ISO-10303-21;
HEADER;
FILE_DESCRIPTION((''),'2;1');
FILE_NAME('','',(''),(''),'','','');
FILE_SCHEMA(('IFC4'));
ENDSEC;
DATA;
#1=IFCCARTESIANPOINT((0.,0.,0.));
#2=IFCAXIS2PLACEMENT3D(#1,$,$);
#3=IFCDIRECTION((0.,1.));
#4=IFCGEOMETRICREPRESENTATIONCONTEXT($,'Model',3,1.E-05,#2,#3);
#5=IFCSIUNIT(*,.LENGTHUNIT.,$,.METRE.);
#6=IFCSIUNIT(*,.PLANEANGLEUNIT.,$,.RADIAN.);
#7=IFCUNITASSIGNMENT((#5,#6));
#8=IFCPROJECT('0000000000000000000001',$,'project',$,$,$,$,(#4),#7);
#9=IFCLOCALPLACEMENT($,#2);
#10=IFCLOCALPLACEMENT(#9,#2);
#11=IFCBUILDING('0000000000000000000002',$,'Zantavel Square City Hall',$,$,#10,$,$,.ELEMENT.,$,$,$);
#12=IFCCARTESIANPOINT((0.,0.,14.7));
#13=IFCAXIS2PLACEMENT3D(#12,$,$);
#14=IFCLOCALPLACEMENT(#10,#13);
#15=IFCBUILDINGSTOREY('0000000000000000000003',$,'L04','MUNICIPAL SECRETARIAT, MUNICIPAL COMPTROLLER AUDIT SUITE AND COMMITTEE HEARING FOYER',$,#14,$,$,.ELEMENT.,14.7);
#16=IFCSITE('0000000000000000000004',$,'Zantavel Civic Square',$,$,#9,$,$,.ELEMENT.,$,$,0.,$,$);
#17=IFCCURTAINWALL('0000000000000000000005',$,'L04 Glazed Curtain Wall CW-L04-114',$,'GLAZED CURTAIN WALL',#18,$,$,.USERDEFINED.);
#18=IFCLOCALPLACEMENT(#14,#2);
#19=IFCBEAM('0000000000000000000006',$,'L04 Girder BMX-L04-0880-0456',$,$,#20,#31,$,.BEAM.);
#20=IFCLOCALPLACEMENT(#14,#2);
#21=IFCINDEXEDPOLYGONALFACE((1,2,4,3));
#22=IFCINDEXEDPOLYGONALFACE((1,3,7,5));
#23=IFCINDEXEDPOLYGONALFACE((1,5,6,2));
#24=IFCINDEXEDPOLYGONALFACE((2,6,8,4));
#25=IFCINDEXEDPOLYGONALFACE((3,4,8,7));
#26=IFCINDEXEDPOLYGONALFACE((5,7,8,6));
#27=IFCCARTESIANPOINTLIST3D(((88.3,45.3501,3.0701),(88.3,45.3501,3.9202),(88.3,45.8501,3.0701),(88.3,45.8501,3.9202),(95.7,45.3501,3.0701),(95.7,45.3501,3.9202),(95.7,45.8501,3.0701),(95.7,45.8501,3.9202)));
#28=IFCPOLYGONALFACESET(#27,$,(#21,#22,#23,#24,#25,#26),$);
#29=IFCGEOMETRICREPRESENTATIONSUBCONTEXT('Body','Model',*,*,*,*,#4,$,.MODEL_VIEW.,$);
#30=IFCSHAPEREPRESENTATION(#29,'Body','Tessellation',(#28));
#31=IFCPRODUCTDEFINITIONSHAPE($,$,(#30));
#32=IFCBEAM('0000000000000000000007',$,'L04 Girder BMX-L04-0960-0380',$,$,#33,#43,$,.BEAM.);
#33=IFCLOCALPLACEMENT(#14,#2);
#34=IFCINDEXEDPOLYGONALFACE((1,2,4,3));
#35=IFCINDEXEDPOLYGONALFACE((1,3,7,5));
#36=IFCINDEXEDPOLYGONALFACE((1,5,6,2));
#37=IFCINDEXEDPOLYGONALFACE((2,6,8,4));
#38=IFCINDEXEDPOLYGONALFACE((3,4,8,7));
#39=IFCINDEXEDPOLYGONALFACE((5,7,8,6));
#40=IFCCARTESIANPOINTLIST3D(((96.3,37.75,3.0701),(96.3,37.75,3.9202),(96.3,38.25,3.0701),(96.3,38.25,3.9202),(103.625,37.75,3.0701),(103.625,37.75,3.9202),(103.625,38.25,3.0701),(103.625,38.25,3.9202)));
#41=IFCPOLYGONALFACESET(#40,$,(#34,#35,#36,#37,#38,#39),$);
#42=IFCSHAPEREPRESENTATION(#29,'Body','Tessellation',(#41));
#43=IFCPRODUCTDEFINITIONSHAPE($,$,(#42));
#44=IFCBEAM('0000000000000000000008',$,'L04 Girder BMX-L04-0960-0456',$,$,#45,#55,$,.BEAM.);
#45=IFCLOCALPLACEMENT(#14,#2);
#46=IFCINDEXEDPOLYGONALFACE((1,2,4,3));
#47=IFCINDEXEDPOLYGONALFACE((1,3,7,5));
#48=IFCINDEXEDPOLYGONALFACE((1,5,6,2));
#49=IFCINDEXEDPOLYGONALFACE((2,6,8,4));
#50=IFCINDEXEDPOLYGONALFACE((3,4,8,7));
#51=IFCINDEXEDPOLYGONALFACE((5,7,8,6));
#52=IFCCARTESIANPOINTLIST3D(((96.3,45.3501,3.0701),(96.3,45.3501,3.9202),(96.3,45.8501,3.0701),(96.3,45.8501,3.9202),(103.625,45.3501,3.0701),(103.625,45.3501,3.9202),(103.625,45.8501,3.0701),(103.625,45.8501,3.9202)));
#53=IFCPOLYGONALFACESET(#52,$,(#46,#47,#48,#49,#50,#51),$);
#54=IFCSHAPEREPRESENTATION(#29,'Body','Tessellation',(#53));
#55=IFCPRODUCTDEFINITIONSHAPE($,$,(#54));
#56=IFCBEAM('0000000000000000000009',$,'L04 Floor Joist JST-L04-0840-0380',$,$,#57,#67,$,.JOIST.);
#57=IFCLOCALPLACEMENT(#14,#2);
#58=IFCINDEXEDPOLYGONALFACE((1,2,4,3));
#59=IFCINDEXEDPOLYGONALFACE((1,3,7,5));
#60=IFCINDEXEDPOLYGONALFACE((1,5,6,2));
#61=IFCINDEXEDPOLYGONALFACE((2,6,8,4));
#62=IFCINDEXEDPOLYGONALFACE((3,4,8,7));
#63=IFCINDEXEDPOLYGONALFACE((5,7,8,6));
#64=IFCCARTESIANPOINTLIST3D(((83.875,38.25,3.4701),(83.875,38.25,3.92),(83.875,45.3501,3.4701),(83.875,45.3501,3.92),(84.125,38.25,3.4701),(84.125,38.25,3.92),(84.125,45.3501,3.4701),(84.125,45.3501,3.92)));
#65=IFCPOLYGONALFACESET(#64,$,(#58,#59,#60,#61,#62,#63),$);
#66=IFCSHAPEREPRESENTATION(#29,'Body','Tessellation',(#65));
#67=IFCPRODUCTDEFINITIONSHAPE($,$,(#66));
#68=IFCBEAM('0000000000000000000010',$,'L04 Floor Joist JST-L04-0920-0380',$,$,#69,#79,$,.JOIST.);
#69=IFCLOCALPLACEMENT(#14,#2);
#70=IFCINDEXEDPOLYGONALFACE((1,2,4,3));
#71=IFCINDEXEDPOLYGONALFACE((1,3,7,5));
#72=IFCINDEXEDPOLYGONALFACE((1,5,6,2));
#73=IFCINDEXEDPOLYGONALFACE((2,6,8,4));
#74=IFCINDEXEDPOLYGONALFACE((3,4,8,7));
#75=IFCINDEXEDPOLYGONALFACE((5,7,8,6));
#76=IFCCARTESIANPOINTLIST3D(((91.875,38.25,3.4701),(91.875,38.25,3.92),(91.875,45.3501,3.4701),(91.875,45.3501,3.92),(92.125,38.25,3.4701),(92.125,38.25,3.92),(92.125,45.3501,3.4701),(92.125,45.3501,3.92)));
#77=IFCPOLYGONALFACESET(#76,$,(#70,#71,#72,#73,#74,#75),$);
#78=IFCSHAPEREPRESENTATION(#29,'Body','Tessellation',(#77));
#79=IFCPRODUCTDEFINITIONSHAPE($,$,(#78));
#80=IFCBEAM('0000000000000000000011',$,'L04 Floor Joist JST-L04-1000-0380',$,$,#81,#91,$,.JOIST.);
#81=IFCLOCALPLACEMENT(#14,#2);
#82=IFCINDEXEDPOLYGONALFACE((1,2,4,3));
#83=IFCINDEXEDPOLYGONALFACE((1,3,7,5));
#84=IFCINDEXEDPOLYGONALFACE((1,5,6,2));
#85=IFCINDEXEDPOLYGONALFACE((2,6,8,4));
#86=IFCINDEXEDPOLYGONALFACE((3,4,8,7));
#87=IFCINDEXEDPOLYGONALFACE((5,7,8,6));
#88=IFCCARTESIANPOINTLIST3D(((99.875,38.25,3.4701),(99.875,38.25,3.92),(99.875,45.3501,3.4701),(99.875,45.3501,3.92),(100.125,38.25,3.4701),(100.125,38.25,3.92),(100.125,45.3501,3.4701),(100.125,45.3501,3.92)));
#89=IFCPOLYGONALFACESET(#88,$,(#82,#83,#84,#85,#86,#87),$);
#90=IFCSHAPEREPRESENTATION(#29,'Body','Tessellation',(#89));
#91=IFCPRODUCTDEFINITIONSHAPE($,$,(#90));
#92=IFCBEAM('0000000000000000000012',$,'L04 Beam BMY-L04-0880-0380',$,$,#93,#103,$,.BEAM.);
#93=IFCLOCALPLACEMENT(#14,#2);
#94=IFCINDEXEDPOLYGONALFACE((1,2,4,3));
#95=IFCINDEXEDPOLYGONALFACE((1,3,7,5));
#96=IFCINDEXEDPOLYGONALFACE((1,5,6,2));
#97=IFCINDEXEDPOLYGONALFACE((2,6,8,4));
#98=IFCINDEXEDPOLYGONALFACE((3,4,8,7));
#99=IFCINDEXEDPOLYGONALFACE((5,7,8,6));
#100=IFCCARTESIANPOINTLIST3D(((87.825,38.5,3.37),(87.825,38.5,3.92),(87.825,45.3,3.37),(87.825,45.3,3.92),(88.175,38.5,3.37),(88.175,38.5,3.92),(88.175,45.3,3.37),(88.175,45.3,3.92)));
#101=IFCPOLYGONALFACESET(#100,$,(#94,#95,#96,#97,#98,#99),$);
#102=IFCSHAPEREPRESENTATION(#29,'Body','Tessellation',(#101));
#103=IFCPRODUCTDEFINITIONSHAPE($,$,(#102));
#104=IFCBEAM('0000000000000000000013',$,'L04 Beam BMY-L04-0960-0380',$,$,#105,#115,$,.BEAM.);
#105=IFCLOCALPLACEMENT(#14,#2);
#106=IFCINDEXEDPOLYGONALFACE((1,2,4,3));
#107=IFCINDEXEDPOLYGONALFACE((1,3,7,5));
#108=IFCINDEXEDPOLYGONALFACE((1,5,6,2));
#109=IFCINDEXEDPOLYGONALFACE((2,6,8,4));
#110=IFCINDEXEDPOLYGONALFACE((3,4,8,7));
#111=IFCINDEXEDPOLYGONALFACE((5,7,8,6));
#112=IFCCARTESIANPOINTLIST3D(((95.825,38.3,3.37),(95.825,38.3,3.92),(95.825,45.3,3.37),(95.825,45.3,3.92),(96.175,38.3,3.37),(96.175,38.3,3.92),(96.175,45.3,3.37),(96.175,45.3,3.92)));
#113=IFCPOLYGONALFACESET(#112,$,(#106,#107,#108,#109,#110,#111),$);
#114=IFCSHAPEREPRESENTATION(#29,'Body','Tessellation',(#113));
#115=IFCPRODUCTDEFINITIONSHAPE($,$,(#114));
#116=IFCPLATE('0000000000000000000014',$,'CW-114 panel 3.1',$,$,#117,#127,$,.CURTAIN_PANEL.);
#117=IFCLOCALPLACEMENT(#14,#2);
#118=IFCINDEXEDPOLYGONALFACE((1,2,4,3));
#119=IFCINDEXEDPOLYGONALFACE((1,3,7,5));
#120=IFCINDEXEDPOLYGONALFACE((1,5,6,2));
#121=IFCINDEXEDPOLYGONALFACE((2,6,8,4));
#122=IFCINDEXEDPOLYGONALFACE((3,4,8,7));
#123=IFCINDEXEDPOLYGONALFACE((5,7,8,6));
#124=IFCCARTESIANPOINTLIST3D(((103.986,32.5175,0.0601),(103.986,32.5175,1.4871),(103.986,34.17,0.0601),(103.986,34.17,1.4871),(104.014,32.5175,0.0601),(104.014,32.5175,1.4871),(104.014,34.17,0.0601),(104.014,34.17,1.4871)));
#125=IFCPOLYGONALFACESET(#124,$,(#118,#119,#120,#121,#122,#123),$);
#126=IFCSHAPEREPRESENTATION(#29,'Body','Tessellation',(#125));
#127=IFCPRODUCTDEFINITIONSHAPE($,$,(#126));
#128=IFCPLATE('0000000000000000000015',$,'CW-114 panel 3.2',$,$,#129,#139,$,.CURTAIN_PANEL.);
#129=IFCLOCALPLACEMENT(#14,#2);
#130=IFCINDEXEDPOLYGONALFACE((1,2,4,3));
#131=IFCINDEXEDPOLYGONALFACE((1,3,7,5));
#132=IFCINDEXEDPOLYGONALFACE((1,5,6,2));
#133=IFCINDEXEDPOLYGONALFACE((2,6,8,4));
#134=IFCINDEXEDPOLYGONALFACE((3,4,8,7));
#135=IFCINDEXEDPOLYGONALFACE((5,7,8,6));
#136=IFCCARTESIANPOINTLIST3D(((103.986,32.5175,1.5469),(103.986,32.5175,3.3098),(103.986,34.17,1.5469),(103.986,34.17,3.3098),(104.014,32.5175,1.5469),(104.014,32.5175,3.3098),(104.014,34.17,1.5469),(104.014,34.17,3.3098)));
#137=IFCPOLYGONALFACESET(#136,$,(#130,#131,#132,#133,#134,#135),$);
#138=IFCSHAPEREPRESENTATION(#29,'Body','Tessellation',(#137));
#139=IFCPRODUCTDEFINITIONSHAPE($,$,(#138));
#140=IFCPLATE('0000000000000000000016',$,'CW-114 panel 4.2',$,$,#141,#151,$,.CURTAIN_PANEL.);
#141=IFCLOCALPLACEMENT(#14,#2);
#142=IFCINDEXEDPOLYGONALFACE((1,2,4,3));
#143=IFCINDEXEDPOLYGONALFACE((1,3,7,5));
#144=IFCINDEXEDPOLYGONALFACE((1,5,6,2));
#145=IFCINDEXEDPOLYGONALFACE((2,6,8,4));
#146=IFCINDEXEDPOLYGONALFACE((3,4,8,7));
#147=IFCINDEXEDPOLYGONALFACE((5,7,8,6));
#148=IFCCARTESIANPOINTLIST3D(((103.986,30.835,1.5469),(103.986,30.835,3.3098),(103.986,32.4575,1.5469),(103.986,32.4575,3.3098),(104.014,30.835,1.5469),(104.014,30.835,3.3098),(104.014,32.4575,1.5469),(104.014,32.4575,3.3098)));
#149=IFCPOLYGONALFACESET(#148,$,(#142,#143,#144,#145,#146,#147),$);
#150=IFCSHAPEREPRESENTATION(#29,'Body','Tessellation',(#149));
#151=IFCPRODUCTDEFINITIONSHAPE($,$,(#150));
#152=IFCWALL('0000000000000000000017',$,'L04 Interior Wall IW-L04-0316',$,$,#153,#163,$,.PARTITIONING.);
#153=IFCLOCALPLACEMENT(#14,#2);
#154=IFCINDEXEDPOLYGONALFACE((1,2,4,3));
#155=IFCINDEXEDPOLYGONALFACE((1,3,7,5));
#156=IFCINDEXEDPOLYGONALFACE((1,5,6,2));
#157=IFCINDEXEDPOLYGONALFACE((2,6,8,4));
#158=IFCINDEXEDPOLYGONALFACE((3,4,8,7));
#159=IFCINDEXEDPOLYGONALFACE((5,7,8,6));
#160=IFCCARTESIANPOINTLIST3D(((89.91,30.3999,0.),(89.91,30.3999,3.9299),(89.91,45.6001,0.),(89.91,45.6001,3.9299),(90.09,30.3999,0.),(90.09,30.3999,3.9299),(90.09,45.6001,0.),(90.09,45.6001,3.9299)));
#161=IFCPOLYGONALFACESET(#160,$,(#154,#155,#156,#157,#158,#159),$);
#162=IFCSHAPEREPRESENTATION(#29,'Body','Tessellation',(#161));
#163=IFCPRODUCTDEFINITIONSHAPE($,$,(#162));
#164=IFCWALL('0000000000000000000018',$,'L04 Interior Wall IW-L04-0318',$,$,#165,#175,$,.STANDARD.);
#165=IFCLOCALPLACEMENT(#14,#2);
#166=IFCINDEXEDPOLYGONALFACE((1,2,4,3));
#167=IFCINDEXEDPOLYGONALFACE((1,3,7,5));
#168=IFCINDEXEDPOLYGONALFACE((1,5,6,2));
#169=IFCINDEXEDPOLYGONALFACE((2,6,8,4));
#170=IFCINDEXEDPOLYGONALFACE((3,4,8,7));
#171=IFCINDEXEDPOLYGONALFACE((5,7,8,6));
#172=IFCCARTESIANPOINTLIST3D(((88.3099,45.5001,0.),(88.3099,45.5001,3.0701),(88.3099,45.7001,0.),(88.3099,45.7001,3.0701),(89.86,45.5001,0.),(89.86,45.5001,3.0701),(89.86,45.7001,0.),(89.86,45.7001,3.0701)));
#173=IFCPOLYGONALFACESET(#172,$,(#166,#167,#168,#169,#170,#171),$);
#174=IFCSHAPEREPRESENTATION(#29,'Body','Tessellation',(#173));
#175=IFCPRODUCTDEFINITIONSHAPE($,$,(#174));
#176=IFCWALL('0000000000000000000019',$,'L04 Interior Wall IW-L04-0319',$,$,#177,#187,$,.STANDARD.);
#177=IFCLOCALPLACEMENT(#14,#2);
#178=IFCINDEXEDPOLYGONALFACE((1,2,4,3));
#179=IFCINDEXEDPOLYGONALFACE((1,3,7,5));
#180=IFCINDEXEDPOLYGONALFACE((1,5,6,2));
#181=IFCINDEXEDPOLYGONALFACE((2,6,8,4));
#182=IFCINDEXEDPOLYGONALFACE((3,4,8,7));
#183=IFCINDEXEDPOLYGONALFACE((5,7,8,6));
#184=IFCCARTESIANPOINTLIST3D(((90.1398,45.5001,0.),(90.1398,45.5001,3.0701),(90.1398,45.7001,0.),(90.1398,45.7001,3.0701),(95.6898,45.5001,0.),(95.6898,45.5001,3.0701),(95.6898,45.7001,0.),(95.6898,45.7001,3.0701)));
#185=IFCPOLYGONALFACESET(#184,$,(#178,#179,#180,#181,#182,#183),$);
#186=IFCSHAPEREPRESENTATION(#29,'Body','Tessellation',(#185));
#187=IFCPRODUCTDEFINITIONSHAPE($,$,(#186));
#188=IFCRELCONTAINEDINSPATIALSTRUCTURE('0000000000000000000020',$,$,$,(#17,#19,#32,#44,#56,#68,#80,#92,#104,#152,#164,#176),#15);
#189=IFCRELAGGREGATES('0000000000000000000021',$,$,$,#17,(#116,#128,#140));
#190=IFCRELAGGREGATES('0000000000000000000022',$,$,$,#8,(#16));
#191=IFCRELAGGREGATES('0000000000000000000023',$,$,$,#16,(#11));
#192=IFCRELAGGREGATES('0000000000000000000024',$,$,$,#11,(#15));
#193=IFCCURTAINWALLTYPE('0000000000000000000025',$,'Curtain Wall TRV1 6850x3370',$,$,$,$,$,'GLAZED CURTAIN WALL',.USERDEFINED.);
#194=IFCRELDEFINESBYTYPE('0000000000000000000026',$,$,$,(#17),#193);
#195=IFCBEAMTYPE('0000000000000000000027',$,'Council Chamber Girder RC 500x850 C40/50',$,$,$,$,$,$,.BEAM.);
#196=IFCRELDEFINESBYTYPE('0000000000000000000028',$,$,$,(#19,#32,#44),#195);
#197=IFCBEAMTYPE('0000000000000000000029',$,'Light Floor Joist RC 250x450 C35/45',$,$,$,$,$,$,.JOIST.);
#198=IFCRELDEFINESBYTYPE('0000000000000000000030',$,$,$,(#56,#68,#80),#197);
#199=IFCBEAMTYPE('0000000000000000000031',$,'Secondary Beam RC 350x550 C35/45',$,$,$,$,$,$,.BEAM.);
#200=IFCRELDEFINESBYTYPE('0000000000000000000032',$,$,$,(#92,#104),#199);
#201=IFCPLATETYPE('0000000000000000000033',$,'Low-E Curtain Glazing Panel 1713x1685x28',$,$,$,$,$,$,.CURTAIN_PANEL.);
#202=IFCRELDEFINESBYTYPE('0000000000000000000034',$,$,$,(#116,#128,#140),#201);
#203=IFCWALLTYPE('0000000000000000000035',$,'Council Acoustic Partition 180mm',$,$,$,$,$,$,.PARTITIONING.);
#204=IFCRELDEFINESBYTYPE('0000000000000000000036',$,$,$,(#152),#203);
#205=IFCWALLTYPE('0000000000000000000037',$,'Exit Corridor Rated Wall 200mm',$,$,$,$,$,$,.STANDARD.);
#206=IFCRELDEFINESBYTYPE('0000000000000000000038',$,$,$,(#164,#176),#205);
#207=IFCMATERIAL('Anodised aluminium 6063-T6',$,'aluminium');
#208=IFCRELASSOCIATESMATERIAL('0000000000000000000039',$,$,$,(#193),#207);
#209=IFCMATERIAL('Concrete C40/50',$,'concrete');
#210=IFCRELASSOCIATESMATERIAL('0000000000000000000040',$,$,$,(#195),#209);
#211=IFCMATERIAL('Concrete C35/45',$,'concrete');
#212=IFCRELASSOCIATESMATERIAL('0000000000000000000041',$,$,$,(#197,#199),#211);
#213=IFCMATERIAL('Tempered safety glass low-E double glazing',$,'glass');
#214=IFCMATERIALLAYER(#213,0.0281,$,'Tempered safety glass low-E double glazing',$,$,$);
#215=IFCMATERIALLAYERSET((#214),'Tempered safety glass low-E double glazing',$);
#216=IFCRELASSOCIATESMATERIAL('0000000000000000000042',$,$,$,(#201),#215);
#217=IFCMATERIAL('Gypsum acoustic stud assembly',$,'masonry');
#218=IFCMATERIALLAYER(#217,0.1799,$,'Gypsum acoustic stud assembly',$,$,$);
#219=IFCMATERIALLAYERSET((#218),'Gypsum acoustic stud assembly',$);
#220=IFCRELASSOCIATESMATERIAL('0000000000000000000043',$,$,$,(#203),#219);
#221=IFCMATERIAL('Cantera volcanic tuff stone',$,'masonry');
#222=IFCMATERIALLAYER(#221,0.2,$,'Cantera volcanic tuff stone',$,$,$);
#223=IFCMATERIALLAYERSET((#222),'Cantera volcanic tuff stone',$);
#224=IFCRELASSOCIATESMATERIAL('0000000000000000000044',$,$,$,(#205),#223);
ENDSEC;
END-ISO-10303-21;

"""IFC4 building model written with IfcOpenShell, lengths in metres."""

from ifc_helpers import new_model, si_unit, direction, frame, frame_2d, origin, origin_2d, place, context, subcontext, project, spatial, rectangle, extrude, material, layer, layer_set, material_profile, profile_set, type_object, element, aggregate, save


model = new_model("IFC4")

# Units and contexts
model_context = context("Model", 3, precision=1e-05, world=origin(), true_north=direction((0.0, 1.0)))
body_context = subcontext(model_context, "Body", "Model", "MODEL_VIEW")
ifc_project = project(units=[si_unit("LENGTHUNIT", "METRE"), si_unit("PLANEANGLEUNIT", "RADIAN")], contexts=[model_context])

# Site, building, storey
site_placement = place(None, origin())
site = spatial("IfcSite", under=ifc_project, at=site_placement, Name="Zantavel Civic Square", CompositionType="ELEMENT", RefElevation=0.0)
building_placement = place(site_placement, origin())
building = spatial("IfcBuilding", under=site, at=building_placement, Name="Zantavel Square City Hall", CompositionType="ELEMENT")
storey_placement = place(building_placement, frame((0.0, 0.0, 14.7)))
storey = spatial("IfcBuildingStorey", under=building, at=storey_placement, Name="L04", Description="MUNICIPAL SECRETARIAT, MUNICIPAL COMPTROLLER AUDIT SUITE AND COMMITTEE HEARING FOYER", CompositionType="ELEMENT", Elevation=14.7)

# Shared definitions
ifc_material_1 = material(Name="Concrete C40/50", Category="concrete")

# Curtain wall
ifc_material_2 = material(Name="Anodised aluminium 6063-T6", Category="aluminium")
curtain_wall_type = type_object("IfcCurtainWallType", Name="Curtain Wall TRV1 6850x3370", ElementType="GLAZED CURTAIN WALL", PredefinedType="USERDEFINED", material=ifc_material_2)
curtain_wall_placement = place(storey_placement, origin())
curtain_wall = element("IfcCurtainWall", 1, at=curtain_wall_placement, inside=storey, type_object=curtain_wall_type, Name="L04 Glazed Curtain Wall CW-L04-114", ObjectType="GLAZED CURTAIN WALL", PredefinedType="USERDEFINED")

# Beams
ifc_material_profile_1 = material_profile(ifc_material_1, rectangle(XDim=0.5, YDim=0.8501, at=origin_2d()), Name="RC 500x850")
ifc_profile_set_1 = profile_set([ifc_material_profile_1], Name="Concrete C40/50")
beam_type_1 = type_object("IfcBeamType", Name="Council Chamber Girder RC 500x850 C40/50", PredefinedType="BEAM", material=ifc_profile_set_1)
beam_1_placement = place(storey_placement, frame((88.3, 45.6001, 3.4951), z_axis=(1.0, 0.0, 0.0), x_axis=(0.0, 1.0, 0.0)))
element("IfcBeam", 2, at=beam_1_placement, inside=storey, type_object=beam_type_1, Name="L04 Girder BMX-L04-0880-0456", PredefinedType="BEAM", context=body_context, shape_type="SweptSolid", body=[
    extrude(rectangle(XDim=0.5, YDim=0.8501, at=origin_2d()), origin(), (0.0, 0.0, 1.0), 7.3999),
])
for number, where, z_axis, x_axis, name in (
    (3, (96.3, 38.0, 3.4951), (1.0, 0.0, 0.0), (0.0, 1.0, 0.0), "L04 Girder BMX-L04-0960-0380"),
    (4, (96.3, 45.6001, 3.4951), (1.0, 0.0, 0.0), (0.0, 1.0, 0.0), "L04 Girder BMX-L04-0960-0456"),
):
    element("IfcBeam", number, at=place(storey_placement, frame(where, z_axis=z_axis, x_axis=x_axis)), inside=storey, type_object=beam_type_1, Name=name, PredefinedType="BEAM", context=body_context, shape_type="SweptSolid", body=[
        extrude(rectangle(XDim=0.5, YDim=0.8501, at=origin_2d()), origin(), (0.0, 0.0, 1.0), 7.325),
    ])
ifc_material_3 = material(Name="Concrete C35/45", Category="concrete")
ifc_material_profile_2 = material_profile(ifc_material_3, rectangle(XDim=0.25, YDim=0.45, at=origin_2d()), Name="RC 250x450")
ifc_profile_set_2 = profile_set([ifc_material_profile_2], Name="Concrete C35/45")
beam_type_2 = type_object("IfcBeamType", Name="Light Floor Joist RC 250x450 C35/45", PredefinedType="JOIST", material=ifc_profile_set_2)
for number, where, z_axis, x_axis, name in (
    (5, (84.0, 38.25, 3.6951), (0.0, 1.0, 0.0), (-1.0, 0.0, 0.0), "L04 Floor Joist JST-L04-0840-0380"),
    (6, (92.0, 38.25, 3.6951), (0.0, 1.0, 0.0), (-1.0, 0.0, 0.0), "L04 Floor Joist JST-L04-0920-0380"),
    (7, (100.0, 38.25, 3.6951), (0.0, 1.0, 0.0), (-1.0, 0.0, 0.0), "L04 Floor Joist JST-L04-1000-0380"),
):
    element("IfcBeam", number, at=place(storey_placement, frame(where, z_axis=z_axis, x_axis=x_axis)), inside=storey, type_object=beam_type_2, Name=name, PredefinedType="JOIST", context=body_context, shape_type="SweptSolid", body=[
        extrude(rectangle(XDim=0.25, YDim=0.45, at=origin_2d()), origin(), (0.0, 0.0, 1.0), 7.1001),
    ])
ifc_material_profile_3 = material_profile(ifc_material_3, rectangle(XDim=0.3501, YDim=0.55, at=origin_2d()), Name="RC 350x550")
ifc_profile_set_3 = profile_set([ifc_material_profile_3], Name="Concrete C35/45")
beam_type_3 = type_object("IfcBeamType", Name="Secondary Beam RC 350x550 C35/45", PredefinedType="BEAM", material=ifc_profile_set_3)
beam_2_placement = place(storey_placement, frame((88.0, 38.5, 3.645), z_axis=(0.0, 1.0, 0.0), x_axis=(-1.0, 0.0, 0.0)))
element("IfcBeam", 8, at=beam_2_placement, inside=storey, type_object=beam_type_3, Name="L04 Beam BMY-L04-0880-0380", PredefinedType="BEAM", context=body_context, shape_type="SweptSolid", body=[
    extrude(rectangle(XDim=0.3501, YDim=0.55, at=origin_2d()), origin(), (0.0, 0.0, 1.0), 6.8),
])
beam_3_placement = place(storey_placement, frame((96.0, 38.3, 3.645), z_axis=(0.0, 1.0, 0.0), x_axis=(-1.0, 0.0, 0.0)))
element("IfcBeam", 9, at=beam_3_placement, inside=storey, type_object=beam_type_3, Name="L04 Beam BMY-L04-0960-0380", PredefinedType="BEAM", context=body_context, shape_type="SweptSolid", body=[
    extrude(rectangle(XDim=0.3501, YDim=0.55, at=origin_2d()), origin(), (0.0, 0.0, 1.0), 7.0),
])

# Plates
ifc_material_4 = material(Name="Tempered safety glass low-E double glazing", Category="glass")
ifc_layer_1 = layer(ifc_material_4, 0.0281, Name="Tempered safety glass low-E double glazing")
ifc_layer_set_1 = layer_set([ifc_layer_1], Name="Tempered safety glass low-E double glazing")
plate_type = type_object("IfcPlateType", Name="Low-E Curtain Glazing Panel 1713x1685x28", PredefinedType="CURTAIN_PANEL", material=ifc_layer_set_1)
plate_1_placement = place(storey_placement, frame((104.0, 33.3438, 0.0601), z_axis=(0.0, 0.0, 1.0), x_axis=(0.0, -1.0, 0.0)))
plate_1 = element("IfcPlate", 10, at=plate_1_placement, type_object=plate_type, Name="CW-114 panel 3.1", PredefinedType="CURTAIN_PANEL", context=body_context, shape_type="SweptSolid", body=[
    extrude(rectangle(XDim=1.6526, YDim=0.0281, at=origin_2d()), origin(), (0.0, 0.0, 1.0), 1.427),
])
plate_2_placement = place(storey_placement, frame((104.0, 33.3438, 1.5469), z_axis=(0.0, 0.0, 1.0), x_axis=(0.0, -1.0, 0.0)))
plate_2 = element("IfcPlate", 11, at=plate_2_placement, type_object=plate_type, Name="CW-114 panel 3.2", PredefinedType="CURTAIN_PANEL", context=body_context, shape_type="SweptSolid", body=[
    extrude(rectangle(XDim=1.6526, YDim=0.0281, at=origin_2d()), origin(), (0.0, 0.0, 1.0), 1.7629),
])
plate_3_placement = place(storey_placement, frame((104.0, 31.6462, 1.5469), z_axis=(0.0, 0.0, 1.0), x_axis=(0.0, -1.0, 0.0)))
plate_3 = element("IfcPlate", 12, at=plate_3_placement, type_object=plate_type, Name="CW-114 panel 4.2", PredefinedType="CURTAIN_PANEL", context=body_context, shape_type="SweptSolid", body=[
    extrude(rectangle(XDim=1.6226, YDim=0.0281, at=origin_2d()), origin(), (0.0, 0.0, 1.0), 1.7629),
])
aggregate(curtain_wall, [plate_1, plate_2, plate_3])

# Walls
ifc_material_5 = material(Name="Gypsum acoustic stud assembly", Category="masonry")
ifc_layer_2 = layer(ifc_material_5, 0.1799, Name="Gypsum acoustic stud assembly")
ifc_layer_set_2 = layer_set([ifc_layer_2], Name="Gypsum acoustic stud assembly")
wall_type_1 = type_object("IfcWallType", Name="Council Acoustic Partition 180mm", PredefinedType="PARTITIONING", material=ifc_layer_set_2)
wall_1_placement = place(storey_placement, frame((90.0, 45.6001, 0.0), z_axis=(0.0, 0.0, 1.0), x_axis=(0.0, -1.0, 0.0)))
element("IfcWall", 13, at=wall_1_placement, inside=storey, type_object=wall_type_1, Name="L04 Interior Wall IW-L04-0316", PredefinedType="PARTITIONING", context=body_context, shape_type="SweptSolid", body=[
    extrude(rectangle(XDim=15.2002, YDim=0.1799, at=frame_2d((7.6001, 0.0))), origin(), (0.0, 0.0, 1.0), 3.9299),
])
ifc_material_6 = material(Name="Cantera volcanic tuff stone", Category="masonry")
ifc_layer_3 = layer(ifc_material_6, 0.2, Name="Cantera volcanic tuff stone")
ifc_layer_set_3 = layer_set([ifc_layer_3], Name="Cantera volcanic tuff stone")
wall_type_2 = type_object("IfcWallType", Name="Exit Corridor Rated Wall 200mm", PredefinedType="STANDARD", material=ifc_layer_set_3)
wall_2_placement = place(storey_placement, frame((88.3101, 45.6001, 0.0), z_axis=(0.0, 0.0, 1.0), x_axis=(1.0, 0.0, 0.0)))
element("IfcWall", 14, at=wall_2_placement, inside=storey, type_object=wall_type_2, Name="L04 Interior Wall IW-L04-0318", PredefinedType="STANDARD", context=body_context, shape_type="SweptSolid", body=[
    extrude(rectangle(XDim=1.55, YDim=0.2, at=frame_2d((0.7749, 0.0))), origin(), (0.0, 0.0, 1.0), 3.0701),
])
wall_3_placement = place(storey_placement, frame((90.1399, 45.6001, 0.0), z_axis=(0.0, 0.0, 1.0), x_axis=(1.0, 0.0, 0.0)))
element("IfcWall", 15, at=wall_3_placement, inside=storey, type_object=wall_type_2, Name="L04 Interior Wall IW-L04-0319", PredefinedType="STANDARD", context=body_context, shape_type="SweptSolid", body=[
    extrude(rectangle(XDim=5.55, YDim=0.2, at=frame_2d((2.7749, 0.0))), origin(), (0.0, 0.0, 1.0), 3.0701),
])

save(model, "model.ifc")
